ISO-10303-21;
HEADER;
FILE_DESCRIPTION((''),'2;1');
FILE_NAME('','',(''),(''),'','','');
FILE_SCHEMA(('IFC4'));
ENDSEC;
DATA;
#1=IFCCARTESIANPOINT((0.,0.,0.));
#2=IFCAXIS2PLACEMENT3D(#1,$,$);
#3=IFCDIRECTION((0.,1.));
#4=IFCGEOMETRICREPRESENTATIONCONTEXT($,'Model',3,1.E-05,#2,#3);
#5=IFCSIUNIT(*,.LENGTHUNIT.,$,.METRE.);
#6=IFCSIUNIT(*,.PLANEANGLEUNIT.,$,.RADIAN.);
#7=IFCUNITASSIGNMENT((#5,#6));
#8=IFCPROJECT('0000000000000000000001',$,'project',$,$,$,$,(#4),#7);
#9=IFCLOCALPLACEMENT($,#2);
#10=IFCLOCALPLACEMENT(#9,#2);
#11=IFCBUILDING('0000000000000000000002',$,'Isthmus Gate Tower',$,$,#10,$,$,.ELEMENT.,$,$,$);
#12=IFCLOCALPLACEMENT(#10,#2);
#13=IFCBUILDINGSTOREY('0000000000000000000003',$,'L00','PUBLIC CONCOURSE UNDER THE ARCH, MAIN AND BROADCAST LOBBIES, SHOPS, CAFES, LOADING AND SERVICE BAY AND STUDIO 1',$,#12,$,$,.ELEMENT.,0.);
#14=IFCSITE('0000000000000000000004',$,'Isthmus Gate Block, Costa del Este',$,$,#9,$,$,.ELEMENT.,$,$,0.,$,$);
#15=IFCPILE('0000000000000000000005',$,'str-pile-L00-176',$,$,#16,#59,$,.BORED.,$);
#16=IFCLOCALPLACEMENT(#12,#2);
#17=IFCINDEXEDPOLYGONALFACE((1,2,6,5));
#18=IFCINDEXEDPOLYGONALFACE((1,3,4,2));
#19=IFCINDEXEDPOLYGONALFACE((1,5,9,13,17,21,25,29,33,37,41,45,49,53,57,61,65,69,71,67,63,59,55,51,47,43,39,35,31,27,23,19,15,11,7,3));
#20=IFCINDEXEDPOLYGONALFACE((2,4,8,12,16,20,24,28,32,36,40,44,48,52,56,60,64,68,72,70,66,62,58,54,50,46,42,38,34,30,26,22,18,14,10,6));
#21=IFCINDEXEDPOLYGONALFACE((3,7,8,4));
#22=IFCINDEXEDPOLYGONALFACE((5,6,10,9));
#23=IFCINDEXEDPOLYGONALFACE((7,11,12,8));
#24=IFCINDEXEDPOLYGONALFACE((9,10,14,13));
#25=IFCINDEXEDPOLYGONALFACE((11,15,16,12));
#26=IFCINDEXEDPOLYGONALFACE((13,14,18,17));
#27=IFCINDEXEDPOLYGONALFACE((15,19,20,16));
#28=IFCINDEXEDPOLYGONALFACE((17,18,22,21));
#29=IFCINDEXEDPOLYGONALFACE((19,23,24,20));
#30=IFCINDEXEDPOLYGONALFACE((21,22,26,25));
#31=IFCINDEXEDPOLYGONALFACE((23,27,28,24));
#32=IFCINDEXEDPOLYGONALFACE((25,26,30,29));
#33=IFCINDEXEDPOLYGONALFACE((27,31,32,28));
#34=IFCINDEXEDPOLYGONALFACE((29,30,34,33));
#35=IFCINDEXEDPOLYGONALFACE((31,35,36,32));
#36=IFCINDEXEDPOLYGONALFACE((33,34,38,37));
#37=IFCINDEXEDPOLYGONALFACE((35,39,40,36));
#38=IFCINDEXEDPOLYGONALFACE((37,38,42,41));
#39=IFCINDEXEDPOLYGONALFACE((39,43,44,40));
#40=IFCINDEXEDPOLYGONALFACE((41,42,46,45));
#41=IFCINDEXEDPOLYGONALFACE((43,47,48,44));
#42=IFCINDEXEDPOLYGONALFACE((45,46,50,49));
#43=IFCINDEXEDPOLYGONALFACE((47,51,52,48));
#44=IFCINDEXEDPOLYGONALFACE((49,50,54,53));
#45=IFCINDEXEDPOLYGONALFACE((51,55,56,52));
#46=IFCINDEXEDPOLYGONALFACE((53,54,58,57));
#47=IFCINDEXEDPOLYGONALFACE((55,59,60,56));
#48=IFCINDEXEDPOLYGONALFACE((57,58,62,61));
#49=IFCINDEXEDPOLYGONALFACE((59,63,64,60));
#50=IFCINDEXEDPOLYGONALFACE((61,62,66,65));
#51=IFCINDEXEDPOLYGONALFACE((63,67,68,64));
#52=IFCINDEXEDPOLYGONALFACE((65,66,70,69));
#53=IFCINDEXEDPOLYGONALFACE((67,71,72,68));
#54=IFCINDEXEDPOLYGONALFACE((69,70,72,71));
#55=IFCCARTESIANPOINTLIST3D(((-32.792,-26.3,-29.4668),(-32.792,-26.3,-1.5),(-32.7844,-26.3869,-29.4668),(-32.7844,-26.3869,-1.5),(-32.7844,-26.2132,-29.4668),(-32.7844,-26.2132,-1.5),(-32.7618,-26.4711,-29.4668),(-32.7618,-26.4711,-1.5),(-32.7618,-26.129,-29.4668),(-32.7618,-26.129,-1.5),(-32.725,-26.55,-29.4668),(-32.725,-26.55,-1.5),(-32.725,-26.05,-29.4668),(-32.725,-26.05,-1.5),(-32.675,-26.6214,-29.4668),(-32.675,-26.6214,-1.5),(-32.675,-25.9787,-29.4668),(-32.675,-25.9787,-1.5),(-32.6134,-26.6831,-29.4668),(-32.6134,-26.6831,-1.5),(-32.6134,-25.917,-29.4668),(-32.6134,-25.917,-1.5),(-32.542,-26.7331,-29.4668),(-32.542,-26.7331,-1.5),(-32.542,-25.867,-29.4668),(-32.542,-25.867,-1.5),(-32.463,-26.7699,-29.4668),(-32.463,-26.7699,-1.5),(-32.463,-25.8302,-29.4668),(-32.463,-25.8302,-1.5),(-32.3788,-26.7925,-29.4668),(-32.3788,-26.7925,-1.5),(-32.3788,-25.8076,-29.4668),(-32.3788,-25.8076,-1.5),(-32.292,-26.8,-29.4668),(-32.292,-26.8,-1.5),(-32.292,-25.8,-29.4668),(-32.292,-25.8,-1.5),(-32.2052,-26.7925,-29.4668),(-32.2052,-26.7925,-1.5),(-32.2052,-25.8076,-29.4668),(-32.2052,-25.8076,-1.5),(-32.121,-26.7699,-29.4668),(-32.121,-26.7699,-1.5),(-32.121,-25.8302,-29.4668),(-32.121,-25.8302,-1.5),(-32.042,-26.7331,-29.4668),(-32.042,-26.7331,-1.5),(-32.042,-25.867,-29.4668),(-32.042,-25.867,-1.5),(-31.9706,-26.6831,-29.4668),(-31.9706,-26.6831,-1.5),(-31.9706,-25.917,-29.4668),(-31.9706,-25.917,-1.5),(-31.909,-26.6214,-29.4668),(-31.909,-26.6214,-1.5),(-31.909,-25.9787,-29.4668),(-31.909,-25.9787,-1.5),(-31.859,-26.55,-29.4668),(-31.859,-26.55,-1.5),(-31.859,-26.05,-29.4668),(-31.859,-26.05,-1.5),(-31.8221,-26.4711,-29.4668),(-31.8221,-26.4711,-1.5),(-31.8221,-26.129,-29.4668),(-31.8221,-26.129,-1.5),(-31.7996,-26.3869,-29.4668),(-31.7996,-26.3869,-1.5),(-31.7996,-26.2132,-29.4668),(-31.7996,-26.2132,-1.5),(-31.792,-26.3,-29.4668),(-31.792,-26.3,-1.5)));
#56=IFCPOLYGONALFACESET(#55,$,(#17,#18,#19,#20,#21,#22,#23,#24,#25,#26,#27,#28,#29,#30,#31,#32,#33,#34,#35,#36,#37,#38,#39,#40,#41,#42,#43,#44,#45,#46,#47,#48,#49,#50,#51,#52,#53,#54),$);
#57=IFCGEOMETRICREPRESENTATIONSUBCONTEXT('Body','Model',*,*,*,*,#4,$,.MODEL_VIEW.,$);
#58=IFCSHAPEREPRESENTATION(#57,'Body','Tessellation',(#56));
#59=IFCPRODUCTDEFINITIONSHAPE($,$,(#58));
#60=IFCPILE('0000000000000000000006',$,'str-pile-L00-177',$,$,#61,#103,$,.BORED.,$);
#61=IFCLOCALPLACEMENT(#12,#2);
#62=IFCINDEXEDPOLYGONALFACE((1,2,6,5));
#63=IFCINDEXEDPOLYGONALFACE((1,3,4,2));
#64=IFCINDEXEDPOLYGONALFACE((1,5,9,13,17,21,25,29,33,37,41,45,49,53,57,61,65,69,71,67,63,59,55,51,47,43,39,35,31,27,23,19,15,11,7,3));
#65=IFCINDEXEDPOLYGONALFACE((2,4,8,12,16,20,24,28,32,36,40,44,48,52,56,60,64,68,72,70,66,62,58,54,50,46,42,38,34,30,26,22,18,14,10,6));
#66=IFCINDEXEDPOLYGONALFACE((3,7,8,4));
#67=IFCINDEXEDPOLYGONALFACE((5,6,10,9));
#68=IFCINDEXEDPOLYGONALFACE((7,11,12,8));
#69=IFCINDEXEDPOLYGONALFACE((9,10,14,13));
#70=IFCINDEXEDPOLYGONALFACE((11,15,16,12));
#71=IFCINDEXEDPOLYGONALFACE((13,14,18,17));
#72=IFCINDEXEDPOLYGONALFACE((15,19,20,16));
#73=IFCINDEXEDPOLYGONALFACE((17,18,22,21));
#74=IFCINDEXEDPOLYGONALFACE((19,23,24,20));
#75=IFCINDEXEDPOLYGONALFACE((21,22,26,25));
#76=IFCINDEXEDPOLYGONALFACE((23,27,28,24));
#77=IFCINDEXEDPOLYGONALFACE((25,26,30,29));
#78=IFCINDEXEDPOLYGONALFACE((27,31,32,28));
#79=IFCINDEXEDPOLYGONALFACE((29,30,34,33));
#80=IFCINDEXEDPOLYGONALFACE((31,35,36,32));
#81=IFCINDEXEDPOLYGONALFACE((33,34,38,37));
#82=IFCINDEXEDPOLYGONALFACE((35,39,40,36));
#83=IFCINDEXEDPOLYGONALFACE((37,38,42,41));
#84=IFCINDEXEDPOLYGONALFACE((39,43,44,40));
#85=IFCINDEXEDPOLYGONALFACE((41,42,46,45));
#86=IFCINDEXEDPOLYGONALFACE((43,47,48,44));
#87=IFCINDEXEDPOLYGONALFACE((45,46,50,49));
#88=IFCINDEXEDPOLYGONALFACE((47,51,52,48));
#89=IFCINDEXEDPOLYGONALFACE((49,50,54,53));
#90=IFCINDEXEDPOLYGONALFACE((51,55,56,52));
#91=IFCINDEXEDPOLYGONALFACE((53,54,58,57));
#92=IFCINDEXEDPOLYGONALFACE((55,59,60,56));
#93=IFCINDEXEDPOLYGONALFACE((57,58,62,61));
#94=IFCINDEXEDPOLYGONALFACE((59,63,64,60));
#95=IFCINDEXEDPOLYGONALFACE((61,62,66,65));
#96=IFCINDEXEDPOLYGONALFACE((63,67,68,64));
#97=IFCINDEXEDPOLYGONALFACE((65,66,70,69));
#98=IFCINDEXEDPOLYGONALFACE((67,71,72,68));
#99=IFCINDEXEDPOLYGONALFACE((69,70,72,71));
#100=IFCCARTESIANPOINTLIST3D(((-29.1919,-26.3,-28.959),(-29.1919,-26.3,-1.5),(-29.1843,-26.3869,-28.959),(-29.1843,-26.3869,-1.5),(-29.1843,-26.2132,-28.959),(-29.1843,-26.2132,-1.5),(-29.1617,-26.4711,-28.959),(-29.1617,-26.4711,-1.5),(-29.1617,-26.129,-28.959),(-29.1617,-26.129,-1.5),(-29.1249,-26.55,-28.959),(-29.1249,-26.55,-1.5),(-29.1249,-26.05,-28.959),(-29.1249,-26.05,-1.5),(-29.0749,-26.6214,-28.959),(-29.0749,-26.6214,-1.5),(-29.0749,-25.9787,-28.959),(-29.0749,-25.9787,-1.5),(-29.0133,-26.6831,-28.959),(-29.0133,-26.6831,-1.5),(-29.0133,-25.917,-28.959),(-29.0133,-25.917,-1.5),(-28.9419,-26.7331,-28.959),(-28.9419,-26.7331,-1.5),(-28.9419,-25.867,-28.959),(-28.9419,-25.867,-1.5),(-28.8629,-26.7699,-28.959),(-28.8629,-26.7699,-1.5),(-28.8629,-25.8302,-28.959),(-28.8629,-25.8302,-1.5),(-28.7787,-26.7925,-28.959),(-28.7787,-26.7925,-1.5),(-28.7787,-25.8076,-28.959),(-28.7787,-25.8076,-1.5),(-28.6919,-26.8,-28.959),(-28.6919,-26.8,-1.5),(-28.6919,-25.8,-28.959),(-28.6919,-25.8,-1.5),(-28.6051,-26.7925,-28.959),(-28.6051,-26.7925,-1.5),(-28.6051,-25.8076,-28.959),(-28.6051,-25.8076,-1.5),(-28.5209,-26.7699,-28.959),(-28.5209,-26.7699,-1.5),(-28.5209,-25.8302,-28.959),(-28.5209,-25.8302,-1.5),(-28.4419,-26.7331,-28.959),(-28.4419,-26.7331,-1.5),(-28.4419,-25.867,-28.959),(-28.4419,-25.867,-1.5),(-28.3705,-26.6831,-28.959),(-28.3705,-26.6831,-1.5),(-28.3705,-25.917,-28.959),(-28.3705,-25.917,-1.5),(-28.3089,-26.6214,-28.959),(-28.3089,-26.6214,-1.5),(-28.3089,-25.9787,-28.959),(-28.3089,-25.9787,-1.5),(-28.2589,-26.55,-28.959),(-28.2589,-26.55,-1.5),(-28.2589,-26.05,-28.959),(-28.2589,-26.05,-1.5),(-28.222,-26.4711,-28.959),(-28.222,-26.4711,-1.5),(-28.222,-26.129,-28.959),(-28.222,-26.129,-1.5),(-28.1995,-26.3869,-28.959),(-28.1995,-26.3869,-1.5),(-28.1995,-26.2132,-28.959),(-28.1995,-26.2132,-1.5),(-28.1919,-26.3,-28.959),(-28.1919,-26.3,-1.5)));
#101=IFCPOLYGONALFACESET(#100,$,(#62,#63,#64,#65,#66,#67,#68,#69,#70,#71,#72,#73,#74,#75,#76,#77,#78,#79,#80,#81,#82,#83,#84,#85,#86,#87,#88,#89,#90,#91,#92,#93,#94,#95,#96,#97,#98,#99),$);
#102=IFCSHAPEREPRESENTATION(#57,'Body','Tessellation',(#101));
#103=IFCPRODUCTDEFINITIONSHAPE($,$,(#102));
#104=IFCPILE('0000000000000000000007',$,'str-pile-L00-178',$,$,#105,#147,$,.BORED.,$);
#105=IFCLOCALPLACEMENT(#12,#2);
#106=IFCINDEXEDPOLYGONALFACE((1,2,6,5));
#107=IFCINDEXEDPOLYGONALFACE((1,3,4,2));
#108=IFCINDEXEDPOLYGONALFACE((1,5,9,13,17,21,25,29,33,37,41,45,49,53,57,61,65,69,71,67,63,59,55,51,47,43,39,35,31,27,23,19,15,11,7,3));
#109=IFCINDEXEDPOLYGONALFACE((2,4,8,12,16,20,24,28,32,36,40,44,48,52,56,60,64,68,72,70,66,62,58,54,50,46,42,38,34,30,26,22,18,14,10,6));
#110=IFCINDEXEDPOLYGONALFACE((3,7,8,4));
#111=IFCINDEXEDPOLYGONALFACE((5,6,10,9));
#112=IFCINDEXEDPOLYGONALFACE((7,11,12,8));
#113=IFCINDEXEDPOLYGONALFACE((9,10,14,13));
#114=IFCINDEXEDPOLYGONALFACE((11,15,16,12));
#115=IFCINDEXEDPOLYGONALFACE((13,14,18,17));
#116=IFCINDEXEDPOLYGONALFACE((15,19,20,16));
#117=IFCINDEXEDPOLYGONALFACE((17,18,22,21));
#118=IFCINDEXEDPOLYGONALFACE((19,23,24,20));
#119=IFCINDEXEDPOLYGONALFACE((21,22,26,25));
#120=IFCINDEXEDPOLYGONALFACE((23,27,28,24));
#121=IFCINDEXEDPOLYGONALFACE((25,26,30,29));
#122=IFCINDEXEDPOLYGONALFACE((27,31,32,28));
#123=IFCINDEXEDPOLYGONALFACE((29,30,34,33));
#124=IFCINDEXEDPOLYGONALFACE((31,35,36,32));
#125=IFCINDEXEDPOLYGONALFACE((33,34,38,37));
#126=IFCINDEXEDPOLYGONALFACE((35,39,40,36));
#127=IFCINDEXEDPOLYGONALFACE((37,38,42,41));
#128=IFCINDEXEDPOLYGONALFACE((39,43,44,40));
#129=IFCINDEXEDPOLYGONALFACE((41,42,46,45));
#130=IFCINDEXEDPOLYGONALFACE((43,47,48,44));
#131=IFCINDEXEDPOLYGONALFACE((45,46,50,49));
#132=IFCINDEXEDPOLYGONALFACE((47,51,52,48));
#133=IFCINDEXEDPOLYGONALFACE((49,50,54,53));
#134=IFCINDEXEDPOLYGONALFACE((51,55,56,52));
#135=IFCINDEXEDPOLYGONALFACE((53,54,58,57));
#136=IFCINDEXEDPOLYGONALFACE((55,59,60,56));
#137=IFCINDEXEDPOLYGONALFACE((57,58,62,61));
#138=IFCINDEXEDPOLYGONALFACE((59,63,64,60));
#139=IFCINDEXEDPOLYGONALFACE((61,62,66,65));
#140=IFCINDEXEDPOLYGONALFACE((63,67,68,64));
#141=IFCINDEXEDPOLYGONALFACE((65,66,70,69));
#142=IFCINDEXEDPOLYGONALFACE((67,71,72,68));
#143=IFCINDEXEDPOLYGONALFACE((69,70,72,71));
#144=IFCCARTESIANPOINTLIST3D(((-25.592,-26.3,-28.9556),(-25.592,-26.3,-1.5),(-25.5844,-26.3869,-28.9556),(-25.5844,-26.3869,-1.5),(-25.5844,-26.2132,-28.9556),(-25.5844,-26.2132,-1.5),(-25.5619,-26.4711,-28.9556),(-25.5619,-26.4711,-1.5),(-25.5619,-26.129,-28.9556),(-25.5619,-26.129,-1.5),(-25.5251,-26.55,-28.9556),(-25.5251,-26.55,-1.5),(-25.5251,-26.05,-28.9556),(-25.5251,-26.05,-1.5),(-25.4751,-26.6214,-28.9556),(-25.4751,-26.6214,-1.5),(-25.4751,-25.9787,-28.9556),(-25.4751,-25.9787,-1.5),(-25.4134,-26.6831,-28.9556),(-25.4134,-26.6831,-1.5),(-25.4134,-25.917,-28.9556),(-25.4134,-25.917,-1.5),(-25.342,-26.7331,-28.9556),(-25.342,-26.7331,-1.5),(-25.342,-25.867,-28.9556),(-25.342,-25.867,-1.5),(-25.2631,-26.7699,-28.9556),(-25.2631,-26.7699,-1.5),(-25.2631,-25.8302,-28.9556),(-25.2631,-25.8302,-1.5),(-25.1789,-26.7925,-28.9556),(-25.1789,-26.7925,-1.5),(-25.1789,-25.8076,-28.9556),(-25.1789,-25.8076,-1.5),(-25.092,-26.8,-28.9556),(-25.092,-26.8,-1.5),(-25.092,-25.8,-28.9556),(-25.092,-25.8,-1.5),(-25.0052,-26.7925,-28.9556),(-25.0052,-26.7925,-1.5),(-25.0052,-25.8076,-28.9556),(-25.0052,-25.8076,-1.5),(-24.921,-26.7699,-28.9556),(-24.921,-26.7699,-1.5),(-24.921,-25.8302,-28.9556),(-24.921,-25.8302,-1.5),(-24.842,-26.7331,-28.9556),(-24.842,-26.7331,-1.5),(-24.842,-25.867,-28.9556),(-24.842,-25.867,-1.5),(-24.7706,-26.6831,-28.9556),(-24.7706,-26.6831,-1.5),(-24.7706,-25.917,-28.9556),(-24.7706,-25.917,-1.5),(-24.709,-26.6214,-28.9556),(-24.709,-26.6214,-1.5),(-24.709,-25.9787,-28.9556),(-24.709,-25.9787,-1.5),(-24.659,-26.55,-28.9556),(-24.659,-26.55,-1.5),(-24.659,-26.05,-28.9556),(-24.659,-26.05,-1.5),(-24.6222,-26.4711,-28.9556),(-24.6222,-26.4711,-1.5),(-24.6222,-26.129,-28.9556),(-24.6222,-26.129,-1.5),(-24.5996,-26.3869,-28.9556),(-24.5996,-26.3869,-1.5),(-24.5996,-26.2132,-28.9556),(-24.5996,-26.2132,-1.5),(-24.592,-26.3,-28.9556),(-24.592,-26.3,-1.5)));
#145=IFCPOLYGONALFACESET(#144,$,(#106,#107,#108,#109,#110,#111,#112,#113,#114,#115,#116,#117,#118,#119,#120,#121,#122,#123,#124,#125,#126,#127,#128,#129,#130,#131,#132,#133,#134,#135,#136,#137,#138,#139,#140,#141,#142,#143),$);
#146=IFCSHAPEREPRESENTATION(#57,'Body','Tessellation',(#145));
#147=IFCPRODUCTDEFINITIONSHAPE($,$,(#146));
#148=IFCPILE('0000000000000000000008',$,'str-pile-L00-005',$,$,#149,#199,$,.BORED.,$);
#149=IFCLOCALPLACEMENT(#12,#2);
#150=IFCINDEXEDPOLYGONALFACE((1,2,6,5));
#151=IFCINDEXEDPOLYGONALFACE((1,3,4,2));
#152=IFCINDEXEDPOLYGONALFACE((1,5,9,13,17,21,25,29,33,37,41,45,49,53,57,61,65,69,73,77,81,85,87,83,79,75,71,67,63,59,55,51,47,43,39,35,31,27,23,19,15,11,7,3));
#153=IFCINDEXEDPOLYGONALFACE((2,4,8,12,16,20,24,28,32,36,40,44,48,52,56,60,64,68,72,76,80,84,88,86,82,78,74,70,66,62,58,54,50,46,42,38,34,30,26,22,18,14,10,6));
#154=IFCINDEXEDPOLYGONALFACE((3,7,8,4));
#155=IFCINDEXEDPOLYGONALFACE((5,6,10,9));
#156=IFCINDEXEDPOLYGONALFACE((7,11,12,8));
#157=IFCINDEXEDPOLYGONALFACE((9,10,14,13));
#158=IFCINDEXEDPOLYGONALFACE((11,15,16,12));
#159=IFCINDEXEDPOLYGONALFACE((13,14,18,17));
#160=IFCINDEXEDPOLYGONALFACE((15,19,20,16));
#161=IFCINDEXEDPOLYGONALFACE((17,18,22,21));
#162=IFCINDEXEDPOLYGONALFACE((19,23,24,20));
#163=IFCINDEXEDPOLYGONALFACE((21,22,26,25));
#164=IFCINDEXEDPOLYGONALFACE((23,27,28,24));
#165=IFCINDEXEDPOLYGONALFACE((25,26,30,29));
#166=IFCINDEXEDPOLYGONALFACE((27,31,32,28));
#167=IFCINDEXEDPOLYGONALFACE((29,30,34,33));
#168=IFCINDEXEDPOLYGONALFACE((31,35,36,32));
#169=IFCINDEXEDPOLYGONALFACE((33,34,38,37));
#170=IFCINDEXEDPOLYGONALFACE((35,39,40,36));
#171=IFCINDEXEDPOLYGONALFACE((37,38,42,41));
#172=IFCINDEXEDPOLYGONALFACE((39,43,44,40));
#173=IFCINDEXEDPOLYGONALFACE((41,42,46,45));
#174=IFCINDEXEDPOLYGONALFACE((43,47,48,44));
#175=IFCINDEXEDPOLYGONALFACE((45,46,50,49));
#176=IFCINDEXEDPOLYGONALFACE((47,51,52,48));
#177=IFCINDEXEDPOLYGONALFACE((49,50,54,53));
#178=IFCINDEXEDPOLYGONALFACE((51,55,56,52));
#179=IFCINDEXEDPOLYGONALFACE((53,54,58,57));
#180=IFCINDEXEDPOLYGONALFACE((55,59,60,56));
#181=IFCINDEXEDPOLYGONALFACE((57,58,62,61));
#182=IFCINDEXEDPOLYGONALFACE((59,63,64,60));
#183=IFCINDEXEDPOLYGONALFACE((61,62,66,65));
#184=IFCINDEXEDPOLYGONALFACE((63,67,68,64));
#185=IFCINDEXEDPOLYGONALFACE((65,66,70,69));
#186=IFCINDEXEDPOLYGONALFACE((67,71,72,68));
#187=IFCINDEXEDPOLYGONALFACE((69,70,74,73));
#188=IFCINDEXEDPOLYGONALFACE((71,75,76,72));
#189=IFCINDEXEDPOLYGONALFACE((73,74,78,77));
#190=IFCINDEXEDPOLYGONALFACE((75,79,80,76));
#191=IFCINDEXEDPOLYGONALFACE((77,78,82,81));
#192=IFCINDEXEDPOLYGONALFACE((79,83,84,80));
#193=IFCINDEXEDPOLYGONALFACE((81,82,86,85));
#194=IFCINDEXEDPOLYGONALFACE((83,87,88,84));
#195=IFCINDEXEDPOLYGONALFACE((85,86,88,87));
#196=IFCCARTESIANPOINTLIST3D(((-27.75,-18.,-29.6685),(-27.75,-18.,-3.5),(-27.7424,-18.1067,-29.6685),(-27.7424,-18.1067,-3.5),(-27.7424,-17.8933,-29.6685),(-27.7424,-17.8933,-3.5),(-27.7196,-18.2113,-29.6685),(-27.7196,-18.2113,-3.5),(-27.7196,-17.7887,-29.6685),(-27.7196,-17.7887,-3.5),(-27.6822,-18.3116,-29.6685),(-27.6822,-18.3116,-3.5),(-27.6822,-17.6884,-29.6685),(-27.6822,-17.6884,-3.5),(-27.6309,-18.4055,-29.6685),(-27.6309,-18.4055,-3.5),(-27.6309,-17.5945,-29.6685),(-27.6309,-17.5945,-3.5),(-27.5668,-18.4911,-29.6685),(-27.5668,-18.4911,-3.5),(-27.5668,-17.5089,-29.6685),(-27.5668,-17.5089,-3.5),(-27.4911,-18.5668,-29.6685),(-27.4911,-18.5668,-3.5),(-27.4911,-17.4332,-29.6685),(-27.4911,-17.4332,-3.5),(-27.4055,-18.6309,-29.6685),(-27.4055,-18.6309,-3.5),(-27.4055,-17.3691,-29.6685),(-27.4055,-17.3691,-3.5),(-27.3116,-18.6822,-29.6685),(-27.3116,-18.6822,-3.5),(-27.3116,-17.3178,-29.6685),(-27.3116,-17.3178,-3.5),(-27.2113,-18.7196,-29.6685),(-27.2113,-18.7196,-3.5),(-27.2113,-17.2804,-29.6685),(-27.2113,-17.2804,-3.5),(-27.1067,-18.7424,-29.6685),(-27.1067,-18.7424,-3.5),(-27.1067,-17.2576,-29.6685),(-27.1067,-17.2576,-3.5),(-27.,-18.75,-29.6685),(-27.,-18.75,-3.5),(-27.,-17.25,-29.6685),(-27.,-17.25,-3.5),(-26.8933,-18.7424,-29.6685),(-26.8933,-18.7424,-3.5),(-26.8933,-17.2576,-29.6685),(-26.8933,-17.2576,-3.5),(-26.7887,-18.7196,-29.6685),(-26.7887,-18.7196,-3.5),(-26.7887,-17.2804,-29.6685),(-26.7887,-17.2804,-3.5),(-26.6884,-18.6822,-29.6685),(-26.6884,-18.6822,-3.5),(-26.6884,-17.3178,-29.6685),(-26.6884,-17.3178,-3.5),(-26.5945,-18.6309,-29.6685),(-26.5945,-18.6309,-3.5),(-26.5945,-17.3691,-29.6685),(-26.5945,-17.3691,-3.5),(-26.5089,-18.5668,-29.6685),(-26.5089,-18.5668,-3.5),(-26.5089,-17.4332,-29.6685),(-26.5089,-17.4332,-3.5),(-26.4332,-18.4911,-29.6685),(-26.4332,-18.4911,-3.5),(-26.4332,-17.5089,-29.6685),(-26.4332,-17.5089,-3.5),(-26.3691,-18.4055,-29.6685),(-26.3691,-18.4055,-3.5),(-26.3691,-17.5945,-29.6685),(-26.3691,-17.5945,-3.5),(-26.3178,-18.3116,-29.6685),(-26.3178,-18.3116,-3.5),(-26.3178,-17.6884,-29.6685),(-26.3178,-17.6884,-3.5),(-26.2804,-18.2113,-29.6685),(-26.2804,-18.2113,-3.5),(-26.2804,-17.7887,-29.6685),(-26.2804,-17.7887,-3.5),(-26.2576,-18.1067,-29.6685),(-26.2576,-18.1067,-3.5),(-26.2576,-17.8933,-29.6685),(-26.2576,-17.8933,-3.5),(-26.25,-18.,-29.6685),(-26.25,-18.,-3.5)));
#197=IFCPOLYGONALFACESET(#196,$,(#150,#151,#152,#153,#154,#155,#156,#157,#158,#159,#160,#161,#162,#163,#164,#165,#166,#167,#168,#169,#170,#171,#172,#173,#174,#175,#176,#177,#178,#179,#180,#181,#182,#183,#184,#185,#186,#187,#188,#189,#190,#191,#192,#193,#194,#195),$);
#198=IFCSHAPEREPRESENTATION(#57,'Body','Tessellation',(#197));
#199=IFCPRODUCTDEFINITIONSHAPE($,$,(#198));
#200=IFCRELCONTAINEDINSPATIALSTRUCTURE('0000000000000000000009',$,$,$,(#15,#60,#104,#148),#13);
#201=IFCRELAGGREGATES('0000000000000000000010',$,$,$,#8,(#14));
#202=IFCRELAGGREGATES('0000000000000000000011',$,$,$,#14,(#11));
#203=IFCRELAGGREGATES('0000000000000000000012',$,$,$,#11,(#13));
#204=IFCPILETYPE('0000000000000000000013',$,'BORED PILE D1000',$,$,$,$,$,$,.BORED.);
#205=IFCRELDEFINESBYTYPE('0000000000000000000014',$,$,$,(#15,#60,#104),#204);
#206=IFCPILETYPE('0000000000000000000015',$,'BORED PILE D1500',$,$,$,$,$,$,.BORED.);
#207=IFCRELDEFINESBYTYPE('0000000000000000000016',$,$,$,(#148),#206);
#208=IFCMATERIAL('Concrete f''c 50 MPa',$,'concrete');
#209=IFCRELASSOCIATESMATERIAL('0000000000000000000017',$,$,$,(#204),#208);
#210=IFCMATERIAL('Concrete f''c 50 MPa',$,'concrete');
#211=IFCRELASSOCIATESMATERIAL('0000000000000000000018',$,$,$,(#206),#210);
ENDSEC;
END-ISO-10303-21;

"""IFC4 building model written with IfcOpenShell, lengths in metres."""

from ifc_helpers import new_model, si_unit, direction, frame, origin, origin_2d, place, context, subcontext, project, spatial, circle, extrude, material, material_profile, profile_set, type_object, element, save


model = new_model("IFC4")

# Units and contexts
model_context = context("Model", 3, precision=1e-05, world=origin(), true_north=direction((0.0, 1.0)))
body_context = subcontext(model_context, "Body", "Model", "MODEL_VIEW")
ifc_project = project(units=[si_unit("LENGTHUNIT", "METRE"), si_unit("PLANEANGLEUNIT", "RADIAN")], contexts=[model_context])

# Site, building, storey
site_placement = place(None, origin())
site = spatial("IfcSite", under=ifc_project, at=site_placement, Name="Isthmus Gate Block, Costa del Este", CompositionType="ELEMENT", RefElevation=0.0)
building_placement = place(site_placement, origin())
building = spatial("IfcBuilding", under=site, at=building_placement, Name="Isthmus Gate Tower", CompositionType="ELEMENT")
storey_placement = place(building_placement, origin())
storey = spatial("IfcBuildingStorey", under=building, at=storey_placement, Name="L00", Description="PUBLIC CONCOURSE UNDER THE ARCH, MAIN AND BROADCAST LOBBIES, SHOPS, CAFES, LOADING AND SERVICE BAY AND STUDIO 1", CompositionType="ELEMENT", Elevation=0.0)

# Piles
ifc_material_1 = material(Name="Concrete f'c 50 MPa", Category="concrete")
ifc_material_profile_1 = material_profile(ifc_material_1, circle(Radius=0.5, at=origin_2d()), Name="D1000")
ifc_profile_set_1 = profile_set([ifc_material_profile_1], Name="Concrete f'c 50 MPa")
pile_type_1 = type_object("IfcPileType", Name="BORED PILE D1000", PredefinedType="BORED", material=ifc_profile_set_1)
pile_1_placement = place(storey_placement, frame((-32.292, -26.3, -1.5), z_axis=(0.0, 0.0, -1.0), x_axis=(1.0, 0.0, 0.0)))
element("IfcPile", 1, at=pile_1_placement, inside=storey, type_object=pile_type_1, Name="str-pile-L00-176", PredefinedType="BORED", context=body_context, shape_type="SweptSolid", body=[
    extrude(circle(Radius=0.5, at=origin_2d()), origin(), (0.0, 0.0, 1.0), 27.9668),
])
pile_2_placement = place(storey_placement, frame((-28.6919, -26.3, -1.5), z_axis=(0.0, 0.0, -1.0), x_axis=(1.0, 0.0, 0.0)))
element("IfcPile", 2, at=pile_2_placement, inside=storey, type_object=pile_type_1, Name="str-pile-L00-177", PredefinedType="BORED", context=body_context, shape_type="SweptSolid", body=[
    extrude(circle(Radius=0.5, at=origin_2d()), origin(), (0.0, 0.0, 1.0), 27.459),
])
pile_3_placement = place(storey_placement, frame((-25.092, -26.3, -1.5), z_axis=(0.0, 0.0, -1.0), x_axis=(1.0, 0.0, 0.0)))
element("IfcPile", 3, at=pile_3_placement, inside=storey, type_object=pile_type_1, Name="str-pile-L00-178", PredefinedType="BORED", context=body_context, shape_type="SweptSolid", body=[
    extrude(circle(Radius=0.5, at=origin_2d()), origin(), (0.0, 0.0, 1.0), 27.4556),
])
ifc_material_2 = material(Name="Concrete f'c 50 MPa", Category="concrete")
ifc_material_profile_2 = material_profile(ifc_material_2, circle(Radius=0.75, at=origin_2d()), Name="D1500")
ifc_profile_set_2 = profile_set([ifc_material_profile_2], Name="Concrete f'c 50 MPa")
pile_type_2 = type_object("IfcPileType", Name="BORED PILE D1500", PredefinedType="BORED", material=ifc_profile_set_2)
pile_4_placement = place(storey_placement, frame((-27.0, -18.0, -3.5), z_axis=(0.0, 0.0, -1.0), x_axis=(1.0, 0.0, 0.0)))
element("IfcPile", 4, at=pile_4_placement, inside=storey, type_object=pile_type_2, Name="str-pile-L00-005", PredefinedType="BORED", context=body_context, shape_type="SweptSolid", body=[
    extrude(circle(Radius=0.75, at=origin_2d()), origin(), (0.0, 0.0, 1.0), 26.1685),
])

save(model, "model.ifc")
